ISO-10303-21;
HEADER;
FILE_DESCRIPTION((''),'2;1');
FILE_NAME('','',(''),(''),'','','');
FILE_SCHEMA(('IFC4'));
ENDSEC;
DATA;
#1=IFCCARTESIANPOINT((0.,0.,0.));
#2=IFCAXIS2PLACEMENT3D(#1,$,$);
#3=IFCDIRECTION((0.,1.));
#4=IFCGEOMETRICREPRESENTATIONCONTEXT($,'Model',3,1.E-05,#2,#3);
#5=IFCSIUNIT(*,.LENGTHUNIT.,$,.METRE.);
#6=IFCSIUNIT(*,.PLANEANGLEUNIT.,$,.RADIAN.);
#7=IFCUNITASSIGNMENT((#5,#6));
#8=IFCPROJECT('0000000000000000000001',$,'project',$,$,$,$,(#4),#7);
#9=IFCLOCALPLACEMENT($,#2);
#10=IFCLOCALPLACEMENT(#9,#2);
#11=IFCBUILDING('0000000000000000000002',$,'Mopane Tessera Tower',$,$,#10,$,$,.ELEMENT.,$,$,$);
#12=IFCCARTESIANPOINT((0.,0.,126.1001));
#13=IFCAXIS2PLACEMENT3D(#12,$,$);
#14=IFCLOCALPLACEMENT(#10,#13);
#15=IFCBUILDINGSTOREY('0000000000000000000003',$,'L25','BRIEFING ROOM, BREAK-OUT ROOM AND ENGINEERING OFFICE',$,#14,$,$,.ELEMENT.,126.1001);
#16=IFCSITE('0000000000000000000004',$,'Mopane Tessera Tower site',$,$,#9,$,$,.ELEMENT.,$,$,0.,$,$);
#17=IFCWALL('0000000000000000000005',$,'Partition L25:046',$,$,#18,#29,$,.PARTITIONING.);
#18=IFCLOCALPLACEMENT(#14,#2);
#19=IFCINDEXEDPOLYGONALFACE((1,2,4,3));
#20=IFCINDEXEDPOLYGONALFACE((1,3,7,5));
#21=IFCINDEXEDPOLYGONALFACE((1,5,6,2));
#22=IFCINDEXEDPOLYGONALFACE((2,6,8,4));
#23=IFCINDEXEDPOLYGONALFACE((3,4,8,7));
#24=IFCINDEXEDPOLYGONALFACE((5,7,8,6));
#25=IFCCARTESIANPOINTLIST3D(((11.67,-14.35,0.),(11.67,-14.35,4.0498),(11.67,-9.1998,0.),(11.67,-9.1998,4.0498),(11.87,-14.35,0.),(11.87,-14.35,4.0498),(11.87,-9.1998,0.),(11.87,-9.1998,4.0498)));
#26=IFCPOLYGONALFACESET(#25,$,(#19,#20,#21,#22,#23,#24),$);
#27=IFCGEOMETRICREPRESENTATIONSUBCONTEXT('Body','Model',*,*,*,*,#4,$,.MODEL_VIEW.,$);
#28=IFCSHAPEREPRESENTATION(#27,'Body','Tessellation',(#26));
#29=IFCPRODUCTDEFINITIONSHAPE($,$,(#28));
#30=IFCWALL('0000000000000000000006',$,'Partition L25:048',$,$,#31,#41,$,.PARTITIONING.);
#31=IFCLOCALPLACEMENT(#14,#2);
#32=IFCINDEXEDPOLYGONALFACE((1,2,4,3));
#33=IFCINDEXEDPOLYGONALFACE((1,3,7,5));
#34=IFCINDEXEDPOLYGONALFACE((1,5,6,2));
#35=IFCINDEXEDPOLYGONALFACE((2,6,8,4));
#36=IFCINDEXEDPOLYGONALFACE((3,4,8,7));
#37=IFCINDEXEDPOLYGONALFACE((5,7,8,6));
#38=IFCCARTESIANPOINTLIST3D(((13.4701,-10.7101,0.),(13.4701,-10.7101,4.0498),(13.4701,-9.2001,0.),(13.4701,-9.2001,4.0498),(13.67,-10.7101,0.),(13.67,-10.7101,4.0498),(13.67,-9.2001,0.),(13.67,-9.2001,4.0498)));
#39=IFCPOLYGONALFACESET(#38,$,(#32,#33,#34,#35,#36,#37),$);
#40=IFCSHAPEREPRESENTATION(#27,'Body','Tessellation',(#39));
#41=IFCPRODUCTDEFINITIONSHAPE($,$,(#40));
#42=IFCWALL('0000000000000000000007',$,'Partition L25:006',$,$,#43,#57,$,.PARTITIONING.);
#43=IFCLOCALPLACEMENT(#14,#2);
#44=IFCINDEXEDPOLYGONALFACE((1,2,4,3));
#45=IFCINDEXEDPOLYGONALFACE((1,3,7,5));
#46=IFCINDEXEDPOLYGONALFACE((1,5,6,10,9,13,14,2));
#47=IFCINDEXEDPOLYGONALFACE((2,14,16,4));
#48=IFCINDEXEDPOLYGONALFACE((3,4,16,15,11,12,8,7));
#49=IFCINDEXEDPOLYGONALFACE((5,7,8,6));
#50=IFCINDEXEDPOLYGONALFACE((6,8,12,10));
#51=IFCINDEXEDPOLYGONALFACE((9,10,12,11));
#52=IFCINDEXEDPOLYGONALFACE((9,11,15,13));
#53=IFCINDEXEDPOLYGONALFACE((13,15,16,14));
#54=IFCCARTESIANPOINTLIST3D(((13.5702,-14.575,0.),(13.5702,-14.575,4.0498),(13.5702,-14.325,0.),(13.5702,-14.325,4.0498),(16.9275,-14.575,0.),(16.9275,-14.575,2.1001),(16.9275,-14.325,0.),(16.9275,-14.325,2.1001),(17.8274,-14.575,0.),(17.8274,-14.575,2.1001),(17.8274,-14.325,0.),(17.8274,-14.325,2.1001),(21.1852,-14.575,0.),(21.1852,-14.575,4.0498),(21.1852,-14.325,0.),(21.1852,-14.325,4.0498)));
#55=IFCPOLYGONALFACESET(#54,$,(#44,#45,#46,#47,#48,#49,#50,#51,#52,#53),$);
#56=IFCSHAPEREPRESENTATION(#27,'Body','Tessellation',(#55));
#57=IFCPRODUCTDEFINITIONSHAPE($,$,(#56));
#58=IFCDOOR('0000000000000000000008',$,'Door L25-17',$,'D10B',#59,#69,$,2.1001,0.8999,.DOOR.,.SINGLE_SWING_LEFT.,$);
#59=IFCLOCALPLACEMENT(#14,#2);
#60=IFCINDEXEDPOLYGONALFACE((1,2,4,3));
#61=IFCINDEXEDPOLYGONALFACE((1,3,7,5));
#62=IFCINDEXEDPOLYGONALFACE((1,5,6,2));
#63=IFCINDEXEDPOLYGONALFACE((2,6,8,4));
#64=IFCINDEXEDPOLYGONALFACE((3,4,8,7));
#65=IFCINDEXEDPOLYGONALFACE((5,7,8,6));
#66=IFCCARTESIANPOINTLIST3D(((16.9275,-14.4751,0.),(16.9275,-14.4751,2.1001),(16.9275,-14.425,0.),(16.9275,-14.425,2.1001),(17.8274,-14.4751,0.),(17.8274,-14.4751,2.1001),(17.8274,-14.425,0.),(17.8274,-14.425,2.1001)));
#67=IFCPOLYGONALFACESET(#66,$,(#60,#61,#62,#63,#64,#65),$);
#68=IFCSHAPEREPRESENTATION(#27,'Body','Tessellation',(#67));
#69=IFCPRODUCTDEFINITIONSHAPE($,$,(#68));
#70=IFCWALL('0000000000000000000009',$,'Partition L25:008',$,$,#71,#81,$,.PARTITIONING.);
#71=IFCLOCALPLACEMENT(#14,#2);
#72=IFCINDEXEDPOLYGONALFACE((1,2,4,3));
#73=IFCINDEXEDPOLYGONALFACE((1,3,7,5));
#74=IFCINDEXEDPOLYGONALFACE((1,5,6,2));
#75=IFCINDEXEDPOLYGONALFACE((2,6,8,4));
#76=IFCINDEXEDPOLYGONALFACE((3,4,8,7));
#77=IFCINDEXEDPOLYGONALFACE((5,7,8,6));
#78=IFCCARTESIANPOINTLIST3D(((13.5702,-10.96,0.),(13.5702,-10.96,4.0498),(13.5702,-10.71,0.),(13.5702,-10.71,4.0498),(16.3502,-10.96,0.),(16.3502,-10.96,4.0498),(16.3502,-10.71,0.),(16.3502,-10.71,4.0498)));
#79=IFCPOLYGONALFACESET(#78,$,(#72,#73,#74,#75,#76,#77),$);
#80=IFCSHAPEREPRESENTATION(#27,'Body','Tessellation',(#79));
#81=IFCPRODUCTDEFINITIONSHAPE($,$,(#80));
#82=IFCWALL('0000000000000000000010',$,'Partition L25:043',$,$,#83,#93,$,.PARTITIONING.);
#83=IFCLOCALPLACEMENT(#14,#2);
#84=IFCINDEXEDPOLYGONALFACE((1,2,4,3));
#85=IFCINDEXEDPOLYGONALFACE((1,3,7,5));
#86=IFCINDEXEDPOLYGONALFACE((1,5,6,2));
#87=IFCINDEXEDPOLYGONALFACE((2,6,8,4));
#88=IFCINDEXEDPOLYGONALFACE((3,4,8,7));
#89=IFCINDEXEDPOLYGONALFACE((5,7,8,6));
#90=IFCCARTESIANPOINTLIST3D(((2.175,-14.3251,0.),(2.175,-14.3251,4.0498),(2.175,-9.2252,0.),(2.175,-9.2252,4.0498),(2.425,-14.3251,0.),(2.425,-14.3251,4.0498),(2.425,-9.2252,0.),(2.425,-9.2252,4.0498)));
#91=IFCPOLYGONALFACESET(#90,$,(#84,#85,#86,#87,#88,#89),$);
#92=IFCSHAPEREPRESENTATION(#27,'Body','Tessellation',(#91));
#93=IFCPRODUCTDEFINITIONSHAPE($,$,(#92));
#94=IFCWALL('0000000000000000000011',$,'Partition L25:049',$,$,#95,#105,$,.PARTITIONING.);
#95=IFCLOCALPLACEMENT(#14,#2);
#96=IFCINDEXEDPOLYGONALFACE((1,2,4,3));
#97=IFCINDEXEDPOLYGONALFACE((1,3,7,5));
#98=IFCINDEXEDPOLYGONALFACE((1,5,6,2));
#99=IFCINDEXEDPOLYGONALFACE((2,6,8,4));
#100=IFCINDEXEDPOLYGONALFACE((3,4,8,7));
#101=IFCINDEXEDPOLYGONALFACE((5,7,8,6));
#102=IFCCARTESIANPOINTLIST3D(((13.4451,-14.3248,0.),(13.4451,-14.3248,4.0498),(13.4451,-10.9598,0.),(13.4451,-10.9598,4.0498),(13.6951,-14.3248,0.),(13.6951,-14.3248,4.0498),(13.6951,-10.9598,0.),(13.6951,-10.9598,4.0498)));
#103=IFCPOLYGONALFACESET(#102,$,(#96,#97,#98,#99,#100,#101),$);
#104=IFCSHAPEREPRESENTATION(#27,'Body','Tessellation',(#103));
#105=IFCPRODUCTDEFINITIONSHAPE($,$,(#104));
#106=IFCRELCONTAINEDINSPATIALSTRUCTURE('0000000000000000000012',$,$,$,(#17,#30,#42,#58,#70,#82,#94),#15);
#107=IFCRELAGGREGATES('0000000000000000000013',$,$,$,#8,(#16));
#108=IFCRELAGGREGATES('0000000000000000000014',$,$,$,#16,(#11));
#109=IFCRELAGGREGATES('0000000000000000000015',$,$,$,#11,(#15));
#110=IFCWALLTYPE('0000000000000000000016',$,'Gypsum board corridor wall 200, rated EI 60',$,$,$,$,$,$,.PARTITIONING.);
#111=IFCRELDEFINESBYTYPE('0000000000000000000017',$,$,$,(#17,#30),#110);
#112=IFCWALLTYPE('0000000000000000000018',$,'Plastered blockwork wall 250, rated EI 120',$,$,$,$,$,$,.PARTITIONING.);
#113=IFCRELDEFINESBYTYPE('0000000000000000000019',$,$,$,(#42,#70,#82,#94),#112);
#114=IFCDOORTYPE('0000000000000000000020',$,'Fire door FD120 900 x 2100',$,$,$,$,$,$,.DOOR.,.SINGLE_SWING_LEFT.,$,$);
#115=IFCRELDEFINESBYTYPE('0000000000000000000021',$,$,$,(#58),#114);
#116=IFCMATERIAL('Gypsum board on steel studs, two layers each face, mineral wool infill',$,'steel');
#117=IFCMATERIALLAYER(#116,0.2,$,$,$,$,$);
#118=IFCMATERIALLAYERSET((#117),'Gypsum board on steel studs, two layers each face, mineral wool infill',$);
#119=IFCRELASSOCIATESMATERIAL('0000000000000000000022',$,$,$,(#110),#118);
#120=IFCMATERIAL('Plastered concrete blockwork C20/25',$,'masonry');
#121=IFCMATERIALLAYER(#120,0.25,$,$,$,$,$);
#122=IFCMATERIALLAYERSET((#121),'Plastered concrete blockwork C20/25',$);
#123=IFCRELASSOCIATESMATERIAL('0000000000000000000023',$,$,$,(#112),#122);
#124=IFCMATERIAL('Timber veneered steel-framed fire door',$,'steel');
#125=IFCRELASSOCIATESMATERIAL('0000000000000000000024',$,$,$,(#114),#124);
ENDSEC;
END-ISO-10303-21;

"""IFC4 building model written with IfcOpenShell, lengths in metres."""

from ifc_helpers import new_model, si_unit, direction, frame, frame_2d, origin, place, context, subcontext, project, spatial, rectangle, extrude, material, layer, layer_set, type_object, element, fill, save


model = new_model("IFC4")

# Units and contexts
model_context = context("Model", 3, precision=1e-05, world=origin(), true_north=direction((0.0, 1.0)))
body_context = subcontext(model_context, "Body", "Model", "MODEL_VIEW")
ifc_project = project(units=[si_unit("LENGTHUNIT", "METRE"), si_unit("PLANEANGLEUNIT", "RADIAN")], contexts=[model_context])

# Site, building, storey
site_placement = place(None, origin())
site = spatial("IfcSite", under=ifc_project, at=site_placement, Name="Mopane Tessera Tower site", CompositionType="ELEMENT", RefElevation=0.0)
building_placement = place(site_placement, origin())
building = spatial("IfcBuilding", under=site, at=building_placement, Name="Mopane Tessera Tower", CompositionType="ELEMENT")
storey_placement = place(building_placement, frame((0.0, 0.0, 126.1001)))
storey = spatial("IfcBuildingStorey", under=building, at=storey_placement, Name="L25", Description="BRIEFING ROOM, BREAK-OUT ROOM AND ENGINEERING OFFICE", CompositionType="ELEMENT", Elevation=126.1001)

# Shared definitions
ifc_material_1 = material(Name="Gypsum board on steel studs, two layers each face, mineral wool infill", Category="steel")
ifc_layer_1 = layer(ifc_material_1, 0.2)
ifc_layer_set_1 = layer_set([ifc_layer_1], Name="Gypsum board on steel studs, two layers each face, mineral wool infill")
wall_type_1 = type_object("IfcWallType", Name="Gypsum board corridor wall 200, rated EI 60", PredefinedType="PARTITIONING", material=ifc_layer_set_1)

# Walls
wall_1_placement = place(storey_placement, frame((11.77, -14.3501, 0.0), z_axis=(0.0, 0.0, 1.0), x_axis=(0.0, 1.0, 0.0)))
element("IfcWall", 1, at=wall_1_placement, inside=storey, type_object=wall_type_1, Name="Partition L25:046", PredefinedType="PARTITIONING", context=body_context, shape_type="SweptSolid", body=[
    extrude(rectangle(XDim=5.1501, YDim=0.2, at=frame_2d((2.5752, 0.0))), origin(), (0.0, 0.0, 1.0), 4.0498),
])
wall_2_placement = place(storey_placement, frame((13.5701, -10.71, 0.0), z_axis=(0.0, 0.0, 1.0), x_axis=(0.0, 1.0, 0.0)))
element("IfcWall", 2, at=wall_2_placement, inside=storey, type_object=wall_type_1, Name="Partition L25:048", PredefinedType="PARTITIONING", context=body_context, shape_type="SweptSolid", body=[
    extrude(rectangle(XDim=1.51, YDim=0.2, at=frame_2d((0.7549, 0.0))), origin(), (0.0, 0.0, 1.0), 4.0498),
])

# Wall, opening, door
ifc_material_2 = material(Name="Plastered concrete blockwork C20/25", Category="masonry")
ifc_layer_2 = layer(ifc_material_2, 0.25)
ifc_layer_set_2 = layer_set([ifc_layer_2], Name="Plastered concrete blockwork C20/25")
wall_type_2 = type_object("IfcWallType", Name="Plastered blockwork wall 250, rated EI 120", PredefinedType="PARTITIONING", material=ifc_layer_set_2)
wall_3_placement = place(storey_placement, frame((13.5701, -14.45, 0.0), z_axis=(0.0, 0.0, 1.0), x_axis=(1.0, 0.0, 0.0)))
wall_3 = element("IfcWall", 3, at=wall_3_placement, inside=storey, type_object=wall_type_2, Name="Partition L25:006", PredefinedType="PARTITIONING", context=body_context, shape_type="SweptSolid", body=[
    extrude(rectangle(XDim=7.615, YDim=0.25, at=frame_2d((3.8076, 0.0))), origin(), (0.0, 0.0, 1.0), 4.0498),
])
opening_1_placement = place(wall_3_placement, frame((3.3574, 0.0, 0.0)))
opening_1 = element("IfcOpeningElement", 4, at=opening_1_placement, cuts=wall_3, PredefinedType="OPENING", context=body_context, shape_type="SweptSolid", body=[
    extrude(rectangle(XDim=0.8999, YDim=2.1001, at=frame_2d((0.45, 1.05))), frame((0.0, 0.137, 0.0), z_axis=(0.0, -1.0, 0.0), x_axis=(1.0, 0.0, 0.0)), (0.0, 0.0, 1.0), 0.2739),
])
ifc_material_3 = material(Name="Timber veneered steel-framed fire door", Category="steel")
door_type_1 = type_object("IfcDoorType", Name="Fire door FD120 900 x 2100", OperationType="SINGLE_SWING_LEFT", PredefinedType="DOOR", material=ifc_material_3)
door_1_placement = place(opening_1_placement, origin())
door_1 = element("IfcDoor", 5, at=door_1_placement, inside=storey, type_object=door_type_1, Name="Door L25-17", ObjectType="D10B", OperationType="SINGLE_SWING_LEFT", OverallHeight=2.1001, OverallWidth=0.8999, PredefinedType="DOOR", context=body_context, shape_type="SweptSolid", body=[
    extrude(rectangle(XDim=0.8999, YDim=2.1001, at=frame_2d((0.45, 1.05))), frame((0.0, 0.0249, 0.0), z_axis=(0.0, -1.0, 0.0), x_axis=(1.0, 0.0, 0.0)), (0.0, 0.0, 1.0), 0.05),
])
fill(opening_1, door_1)

# Walls
wall_4_placement = place(storey_placement, frame((13.5701, -10.835, 0.0), z_axis=(0.0, 0.0, 1.0), x_axis=(1.0, 0.0, 0.0)))
element("IfcWall", 6, at=wall_4_placement, inside=storey, type_object=wall_type_2, Name="Partition L25:008", PredefinedType="PARTITIONING", context=body_context, shape_type="SweptSolid", body=[
    extrude(rectangle(XDim=2.78, YDim=0.25, at=frame_2d((1.3901, 0.0))), origin(), (0.0, 0.0, 1.0), 4.0498),
])
wall_5_placement = place(storey_placement, frame((2.3, -14.325, 0.0), z_axis=(0.0, 0.0, 1.0), x_axis=(0.0, 1.0, 0.0)))
element("IfcWall", 7, at=wall_5_placement, inside=storey, type_object=wall_type_2, Name="Partition L25:043", PredefinedType="PARTITIONING", context=body_context, shape_type="SweptSolid", body=[
    extrude(rectangle(XDim=5.0999, YDim=0.25, at=frame_2d((2.5498, 0.0))), origin(), (0.0, 0.0, 1.0), 4.0498),
])
wall_6_placement = place(storey_placement, frame((13.5701, -14.325, 0.0), z_axis=(0.0, 0.0, 1.0), x_axis=(0.0, 1.0, 0.0)))
element("IfcWall", 8, at=wall_6_placement, inside=storey, type_object=wall_type_2, Name="Partition L25:049", PredefinedType="PARTITIONING", context=body_context, shape_type="SweptSolid", body=[
    extrude(rectangle(XDim=3.365, YDim=0.25, at=frame_2d((1.6826, 0.0))), origin(), (0.0, 0.0, 1.0), 4.0498),
])

save(model, "model.ifc")
